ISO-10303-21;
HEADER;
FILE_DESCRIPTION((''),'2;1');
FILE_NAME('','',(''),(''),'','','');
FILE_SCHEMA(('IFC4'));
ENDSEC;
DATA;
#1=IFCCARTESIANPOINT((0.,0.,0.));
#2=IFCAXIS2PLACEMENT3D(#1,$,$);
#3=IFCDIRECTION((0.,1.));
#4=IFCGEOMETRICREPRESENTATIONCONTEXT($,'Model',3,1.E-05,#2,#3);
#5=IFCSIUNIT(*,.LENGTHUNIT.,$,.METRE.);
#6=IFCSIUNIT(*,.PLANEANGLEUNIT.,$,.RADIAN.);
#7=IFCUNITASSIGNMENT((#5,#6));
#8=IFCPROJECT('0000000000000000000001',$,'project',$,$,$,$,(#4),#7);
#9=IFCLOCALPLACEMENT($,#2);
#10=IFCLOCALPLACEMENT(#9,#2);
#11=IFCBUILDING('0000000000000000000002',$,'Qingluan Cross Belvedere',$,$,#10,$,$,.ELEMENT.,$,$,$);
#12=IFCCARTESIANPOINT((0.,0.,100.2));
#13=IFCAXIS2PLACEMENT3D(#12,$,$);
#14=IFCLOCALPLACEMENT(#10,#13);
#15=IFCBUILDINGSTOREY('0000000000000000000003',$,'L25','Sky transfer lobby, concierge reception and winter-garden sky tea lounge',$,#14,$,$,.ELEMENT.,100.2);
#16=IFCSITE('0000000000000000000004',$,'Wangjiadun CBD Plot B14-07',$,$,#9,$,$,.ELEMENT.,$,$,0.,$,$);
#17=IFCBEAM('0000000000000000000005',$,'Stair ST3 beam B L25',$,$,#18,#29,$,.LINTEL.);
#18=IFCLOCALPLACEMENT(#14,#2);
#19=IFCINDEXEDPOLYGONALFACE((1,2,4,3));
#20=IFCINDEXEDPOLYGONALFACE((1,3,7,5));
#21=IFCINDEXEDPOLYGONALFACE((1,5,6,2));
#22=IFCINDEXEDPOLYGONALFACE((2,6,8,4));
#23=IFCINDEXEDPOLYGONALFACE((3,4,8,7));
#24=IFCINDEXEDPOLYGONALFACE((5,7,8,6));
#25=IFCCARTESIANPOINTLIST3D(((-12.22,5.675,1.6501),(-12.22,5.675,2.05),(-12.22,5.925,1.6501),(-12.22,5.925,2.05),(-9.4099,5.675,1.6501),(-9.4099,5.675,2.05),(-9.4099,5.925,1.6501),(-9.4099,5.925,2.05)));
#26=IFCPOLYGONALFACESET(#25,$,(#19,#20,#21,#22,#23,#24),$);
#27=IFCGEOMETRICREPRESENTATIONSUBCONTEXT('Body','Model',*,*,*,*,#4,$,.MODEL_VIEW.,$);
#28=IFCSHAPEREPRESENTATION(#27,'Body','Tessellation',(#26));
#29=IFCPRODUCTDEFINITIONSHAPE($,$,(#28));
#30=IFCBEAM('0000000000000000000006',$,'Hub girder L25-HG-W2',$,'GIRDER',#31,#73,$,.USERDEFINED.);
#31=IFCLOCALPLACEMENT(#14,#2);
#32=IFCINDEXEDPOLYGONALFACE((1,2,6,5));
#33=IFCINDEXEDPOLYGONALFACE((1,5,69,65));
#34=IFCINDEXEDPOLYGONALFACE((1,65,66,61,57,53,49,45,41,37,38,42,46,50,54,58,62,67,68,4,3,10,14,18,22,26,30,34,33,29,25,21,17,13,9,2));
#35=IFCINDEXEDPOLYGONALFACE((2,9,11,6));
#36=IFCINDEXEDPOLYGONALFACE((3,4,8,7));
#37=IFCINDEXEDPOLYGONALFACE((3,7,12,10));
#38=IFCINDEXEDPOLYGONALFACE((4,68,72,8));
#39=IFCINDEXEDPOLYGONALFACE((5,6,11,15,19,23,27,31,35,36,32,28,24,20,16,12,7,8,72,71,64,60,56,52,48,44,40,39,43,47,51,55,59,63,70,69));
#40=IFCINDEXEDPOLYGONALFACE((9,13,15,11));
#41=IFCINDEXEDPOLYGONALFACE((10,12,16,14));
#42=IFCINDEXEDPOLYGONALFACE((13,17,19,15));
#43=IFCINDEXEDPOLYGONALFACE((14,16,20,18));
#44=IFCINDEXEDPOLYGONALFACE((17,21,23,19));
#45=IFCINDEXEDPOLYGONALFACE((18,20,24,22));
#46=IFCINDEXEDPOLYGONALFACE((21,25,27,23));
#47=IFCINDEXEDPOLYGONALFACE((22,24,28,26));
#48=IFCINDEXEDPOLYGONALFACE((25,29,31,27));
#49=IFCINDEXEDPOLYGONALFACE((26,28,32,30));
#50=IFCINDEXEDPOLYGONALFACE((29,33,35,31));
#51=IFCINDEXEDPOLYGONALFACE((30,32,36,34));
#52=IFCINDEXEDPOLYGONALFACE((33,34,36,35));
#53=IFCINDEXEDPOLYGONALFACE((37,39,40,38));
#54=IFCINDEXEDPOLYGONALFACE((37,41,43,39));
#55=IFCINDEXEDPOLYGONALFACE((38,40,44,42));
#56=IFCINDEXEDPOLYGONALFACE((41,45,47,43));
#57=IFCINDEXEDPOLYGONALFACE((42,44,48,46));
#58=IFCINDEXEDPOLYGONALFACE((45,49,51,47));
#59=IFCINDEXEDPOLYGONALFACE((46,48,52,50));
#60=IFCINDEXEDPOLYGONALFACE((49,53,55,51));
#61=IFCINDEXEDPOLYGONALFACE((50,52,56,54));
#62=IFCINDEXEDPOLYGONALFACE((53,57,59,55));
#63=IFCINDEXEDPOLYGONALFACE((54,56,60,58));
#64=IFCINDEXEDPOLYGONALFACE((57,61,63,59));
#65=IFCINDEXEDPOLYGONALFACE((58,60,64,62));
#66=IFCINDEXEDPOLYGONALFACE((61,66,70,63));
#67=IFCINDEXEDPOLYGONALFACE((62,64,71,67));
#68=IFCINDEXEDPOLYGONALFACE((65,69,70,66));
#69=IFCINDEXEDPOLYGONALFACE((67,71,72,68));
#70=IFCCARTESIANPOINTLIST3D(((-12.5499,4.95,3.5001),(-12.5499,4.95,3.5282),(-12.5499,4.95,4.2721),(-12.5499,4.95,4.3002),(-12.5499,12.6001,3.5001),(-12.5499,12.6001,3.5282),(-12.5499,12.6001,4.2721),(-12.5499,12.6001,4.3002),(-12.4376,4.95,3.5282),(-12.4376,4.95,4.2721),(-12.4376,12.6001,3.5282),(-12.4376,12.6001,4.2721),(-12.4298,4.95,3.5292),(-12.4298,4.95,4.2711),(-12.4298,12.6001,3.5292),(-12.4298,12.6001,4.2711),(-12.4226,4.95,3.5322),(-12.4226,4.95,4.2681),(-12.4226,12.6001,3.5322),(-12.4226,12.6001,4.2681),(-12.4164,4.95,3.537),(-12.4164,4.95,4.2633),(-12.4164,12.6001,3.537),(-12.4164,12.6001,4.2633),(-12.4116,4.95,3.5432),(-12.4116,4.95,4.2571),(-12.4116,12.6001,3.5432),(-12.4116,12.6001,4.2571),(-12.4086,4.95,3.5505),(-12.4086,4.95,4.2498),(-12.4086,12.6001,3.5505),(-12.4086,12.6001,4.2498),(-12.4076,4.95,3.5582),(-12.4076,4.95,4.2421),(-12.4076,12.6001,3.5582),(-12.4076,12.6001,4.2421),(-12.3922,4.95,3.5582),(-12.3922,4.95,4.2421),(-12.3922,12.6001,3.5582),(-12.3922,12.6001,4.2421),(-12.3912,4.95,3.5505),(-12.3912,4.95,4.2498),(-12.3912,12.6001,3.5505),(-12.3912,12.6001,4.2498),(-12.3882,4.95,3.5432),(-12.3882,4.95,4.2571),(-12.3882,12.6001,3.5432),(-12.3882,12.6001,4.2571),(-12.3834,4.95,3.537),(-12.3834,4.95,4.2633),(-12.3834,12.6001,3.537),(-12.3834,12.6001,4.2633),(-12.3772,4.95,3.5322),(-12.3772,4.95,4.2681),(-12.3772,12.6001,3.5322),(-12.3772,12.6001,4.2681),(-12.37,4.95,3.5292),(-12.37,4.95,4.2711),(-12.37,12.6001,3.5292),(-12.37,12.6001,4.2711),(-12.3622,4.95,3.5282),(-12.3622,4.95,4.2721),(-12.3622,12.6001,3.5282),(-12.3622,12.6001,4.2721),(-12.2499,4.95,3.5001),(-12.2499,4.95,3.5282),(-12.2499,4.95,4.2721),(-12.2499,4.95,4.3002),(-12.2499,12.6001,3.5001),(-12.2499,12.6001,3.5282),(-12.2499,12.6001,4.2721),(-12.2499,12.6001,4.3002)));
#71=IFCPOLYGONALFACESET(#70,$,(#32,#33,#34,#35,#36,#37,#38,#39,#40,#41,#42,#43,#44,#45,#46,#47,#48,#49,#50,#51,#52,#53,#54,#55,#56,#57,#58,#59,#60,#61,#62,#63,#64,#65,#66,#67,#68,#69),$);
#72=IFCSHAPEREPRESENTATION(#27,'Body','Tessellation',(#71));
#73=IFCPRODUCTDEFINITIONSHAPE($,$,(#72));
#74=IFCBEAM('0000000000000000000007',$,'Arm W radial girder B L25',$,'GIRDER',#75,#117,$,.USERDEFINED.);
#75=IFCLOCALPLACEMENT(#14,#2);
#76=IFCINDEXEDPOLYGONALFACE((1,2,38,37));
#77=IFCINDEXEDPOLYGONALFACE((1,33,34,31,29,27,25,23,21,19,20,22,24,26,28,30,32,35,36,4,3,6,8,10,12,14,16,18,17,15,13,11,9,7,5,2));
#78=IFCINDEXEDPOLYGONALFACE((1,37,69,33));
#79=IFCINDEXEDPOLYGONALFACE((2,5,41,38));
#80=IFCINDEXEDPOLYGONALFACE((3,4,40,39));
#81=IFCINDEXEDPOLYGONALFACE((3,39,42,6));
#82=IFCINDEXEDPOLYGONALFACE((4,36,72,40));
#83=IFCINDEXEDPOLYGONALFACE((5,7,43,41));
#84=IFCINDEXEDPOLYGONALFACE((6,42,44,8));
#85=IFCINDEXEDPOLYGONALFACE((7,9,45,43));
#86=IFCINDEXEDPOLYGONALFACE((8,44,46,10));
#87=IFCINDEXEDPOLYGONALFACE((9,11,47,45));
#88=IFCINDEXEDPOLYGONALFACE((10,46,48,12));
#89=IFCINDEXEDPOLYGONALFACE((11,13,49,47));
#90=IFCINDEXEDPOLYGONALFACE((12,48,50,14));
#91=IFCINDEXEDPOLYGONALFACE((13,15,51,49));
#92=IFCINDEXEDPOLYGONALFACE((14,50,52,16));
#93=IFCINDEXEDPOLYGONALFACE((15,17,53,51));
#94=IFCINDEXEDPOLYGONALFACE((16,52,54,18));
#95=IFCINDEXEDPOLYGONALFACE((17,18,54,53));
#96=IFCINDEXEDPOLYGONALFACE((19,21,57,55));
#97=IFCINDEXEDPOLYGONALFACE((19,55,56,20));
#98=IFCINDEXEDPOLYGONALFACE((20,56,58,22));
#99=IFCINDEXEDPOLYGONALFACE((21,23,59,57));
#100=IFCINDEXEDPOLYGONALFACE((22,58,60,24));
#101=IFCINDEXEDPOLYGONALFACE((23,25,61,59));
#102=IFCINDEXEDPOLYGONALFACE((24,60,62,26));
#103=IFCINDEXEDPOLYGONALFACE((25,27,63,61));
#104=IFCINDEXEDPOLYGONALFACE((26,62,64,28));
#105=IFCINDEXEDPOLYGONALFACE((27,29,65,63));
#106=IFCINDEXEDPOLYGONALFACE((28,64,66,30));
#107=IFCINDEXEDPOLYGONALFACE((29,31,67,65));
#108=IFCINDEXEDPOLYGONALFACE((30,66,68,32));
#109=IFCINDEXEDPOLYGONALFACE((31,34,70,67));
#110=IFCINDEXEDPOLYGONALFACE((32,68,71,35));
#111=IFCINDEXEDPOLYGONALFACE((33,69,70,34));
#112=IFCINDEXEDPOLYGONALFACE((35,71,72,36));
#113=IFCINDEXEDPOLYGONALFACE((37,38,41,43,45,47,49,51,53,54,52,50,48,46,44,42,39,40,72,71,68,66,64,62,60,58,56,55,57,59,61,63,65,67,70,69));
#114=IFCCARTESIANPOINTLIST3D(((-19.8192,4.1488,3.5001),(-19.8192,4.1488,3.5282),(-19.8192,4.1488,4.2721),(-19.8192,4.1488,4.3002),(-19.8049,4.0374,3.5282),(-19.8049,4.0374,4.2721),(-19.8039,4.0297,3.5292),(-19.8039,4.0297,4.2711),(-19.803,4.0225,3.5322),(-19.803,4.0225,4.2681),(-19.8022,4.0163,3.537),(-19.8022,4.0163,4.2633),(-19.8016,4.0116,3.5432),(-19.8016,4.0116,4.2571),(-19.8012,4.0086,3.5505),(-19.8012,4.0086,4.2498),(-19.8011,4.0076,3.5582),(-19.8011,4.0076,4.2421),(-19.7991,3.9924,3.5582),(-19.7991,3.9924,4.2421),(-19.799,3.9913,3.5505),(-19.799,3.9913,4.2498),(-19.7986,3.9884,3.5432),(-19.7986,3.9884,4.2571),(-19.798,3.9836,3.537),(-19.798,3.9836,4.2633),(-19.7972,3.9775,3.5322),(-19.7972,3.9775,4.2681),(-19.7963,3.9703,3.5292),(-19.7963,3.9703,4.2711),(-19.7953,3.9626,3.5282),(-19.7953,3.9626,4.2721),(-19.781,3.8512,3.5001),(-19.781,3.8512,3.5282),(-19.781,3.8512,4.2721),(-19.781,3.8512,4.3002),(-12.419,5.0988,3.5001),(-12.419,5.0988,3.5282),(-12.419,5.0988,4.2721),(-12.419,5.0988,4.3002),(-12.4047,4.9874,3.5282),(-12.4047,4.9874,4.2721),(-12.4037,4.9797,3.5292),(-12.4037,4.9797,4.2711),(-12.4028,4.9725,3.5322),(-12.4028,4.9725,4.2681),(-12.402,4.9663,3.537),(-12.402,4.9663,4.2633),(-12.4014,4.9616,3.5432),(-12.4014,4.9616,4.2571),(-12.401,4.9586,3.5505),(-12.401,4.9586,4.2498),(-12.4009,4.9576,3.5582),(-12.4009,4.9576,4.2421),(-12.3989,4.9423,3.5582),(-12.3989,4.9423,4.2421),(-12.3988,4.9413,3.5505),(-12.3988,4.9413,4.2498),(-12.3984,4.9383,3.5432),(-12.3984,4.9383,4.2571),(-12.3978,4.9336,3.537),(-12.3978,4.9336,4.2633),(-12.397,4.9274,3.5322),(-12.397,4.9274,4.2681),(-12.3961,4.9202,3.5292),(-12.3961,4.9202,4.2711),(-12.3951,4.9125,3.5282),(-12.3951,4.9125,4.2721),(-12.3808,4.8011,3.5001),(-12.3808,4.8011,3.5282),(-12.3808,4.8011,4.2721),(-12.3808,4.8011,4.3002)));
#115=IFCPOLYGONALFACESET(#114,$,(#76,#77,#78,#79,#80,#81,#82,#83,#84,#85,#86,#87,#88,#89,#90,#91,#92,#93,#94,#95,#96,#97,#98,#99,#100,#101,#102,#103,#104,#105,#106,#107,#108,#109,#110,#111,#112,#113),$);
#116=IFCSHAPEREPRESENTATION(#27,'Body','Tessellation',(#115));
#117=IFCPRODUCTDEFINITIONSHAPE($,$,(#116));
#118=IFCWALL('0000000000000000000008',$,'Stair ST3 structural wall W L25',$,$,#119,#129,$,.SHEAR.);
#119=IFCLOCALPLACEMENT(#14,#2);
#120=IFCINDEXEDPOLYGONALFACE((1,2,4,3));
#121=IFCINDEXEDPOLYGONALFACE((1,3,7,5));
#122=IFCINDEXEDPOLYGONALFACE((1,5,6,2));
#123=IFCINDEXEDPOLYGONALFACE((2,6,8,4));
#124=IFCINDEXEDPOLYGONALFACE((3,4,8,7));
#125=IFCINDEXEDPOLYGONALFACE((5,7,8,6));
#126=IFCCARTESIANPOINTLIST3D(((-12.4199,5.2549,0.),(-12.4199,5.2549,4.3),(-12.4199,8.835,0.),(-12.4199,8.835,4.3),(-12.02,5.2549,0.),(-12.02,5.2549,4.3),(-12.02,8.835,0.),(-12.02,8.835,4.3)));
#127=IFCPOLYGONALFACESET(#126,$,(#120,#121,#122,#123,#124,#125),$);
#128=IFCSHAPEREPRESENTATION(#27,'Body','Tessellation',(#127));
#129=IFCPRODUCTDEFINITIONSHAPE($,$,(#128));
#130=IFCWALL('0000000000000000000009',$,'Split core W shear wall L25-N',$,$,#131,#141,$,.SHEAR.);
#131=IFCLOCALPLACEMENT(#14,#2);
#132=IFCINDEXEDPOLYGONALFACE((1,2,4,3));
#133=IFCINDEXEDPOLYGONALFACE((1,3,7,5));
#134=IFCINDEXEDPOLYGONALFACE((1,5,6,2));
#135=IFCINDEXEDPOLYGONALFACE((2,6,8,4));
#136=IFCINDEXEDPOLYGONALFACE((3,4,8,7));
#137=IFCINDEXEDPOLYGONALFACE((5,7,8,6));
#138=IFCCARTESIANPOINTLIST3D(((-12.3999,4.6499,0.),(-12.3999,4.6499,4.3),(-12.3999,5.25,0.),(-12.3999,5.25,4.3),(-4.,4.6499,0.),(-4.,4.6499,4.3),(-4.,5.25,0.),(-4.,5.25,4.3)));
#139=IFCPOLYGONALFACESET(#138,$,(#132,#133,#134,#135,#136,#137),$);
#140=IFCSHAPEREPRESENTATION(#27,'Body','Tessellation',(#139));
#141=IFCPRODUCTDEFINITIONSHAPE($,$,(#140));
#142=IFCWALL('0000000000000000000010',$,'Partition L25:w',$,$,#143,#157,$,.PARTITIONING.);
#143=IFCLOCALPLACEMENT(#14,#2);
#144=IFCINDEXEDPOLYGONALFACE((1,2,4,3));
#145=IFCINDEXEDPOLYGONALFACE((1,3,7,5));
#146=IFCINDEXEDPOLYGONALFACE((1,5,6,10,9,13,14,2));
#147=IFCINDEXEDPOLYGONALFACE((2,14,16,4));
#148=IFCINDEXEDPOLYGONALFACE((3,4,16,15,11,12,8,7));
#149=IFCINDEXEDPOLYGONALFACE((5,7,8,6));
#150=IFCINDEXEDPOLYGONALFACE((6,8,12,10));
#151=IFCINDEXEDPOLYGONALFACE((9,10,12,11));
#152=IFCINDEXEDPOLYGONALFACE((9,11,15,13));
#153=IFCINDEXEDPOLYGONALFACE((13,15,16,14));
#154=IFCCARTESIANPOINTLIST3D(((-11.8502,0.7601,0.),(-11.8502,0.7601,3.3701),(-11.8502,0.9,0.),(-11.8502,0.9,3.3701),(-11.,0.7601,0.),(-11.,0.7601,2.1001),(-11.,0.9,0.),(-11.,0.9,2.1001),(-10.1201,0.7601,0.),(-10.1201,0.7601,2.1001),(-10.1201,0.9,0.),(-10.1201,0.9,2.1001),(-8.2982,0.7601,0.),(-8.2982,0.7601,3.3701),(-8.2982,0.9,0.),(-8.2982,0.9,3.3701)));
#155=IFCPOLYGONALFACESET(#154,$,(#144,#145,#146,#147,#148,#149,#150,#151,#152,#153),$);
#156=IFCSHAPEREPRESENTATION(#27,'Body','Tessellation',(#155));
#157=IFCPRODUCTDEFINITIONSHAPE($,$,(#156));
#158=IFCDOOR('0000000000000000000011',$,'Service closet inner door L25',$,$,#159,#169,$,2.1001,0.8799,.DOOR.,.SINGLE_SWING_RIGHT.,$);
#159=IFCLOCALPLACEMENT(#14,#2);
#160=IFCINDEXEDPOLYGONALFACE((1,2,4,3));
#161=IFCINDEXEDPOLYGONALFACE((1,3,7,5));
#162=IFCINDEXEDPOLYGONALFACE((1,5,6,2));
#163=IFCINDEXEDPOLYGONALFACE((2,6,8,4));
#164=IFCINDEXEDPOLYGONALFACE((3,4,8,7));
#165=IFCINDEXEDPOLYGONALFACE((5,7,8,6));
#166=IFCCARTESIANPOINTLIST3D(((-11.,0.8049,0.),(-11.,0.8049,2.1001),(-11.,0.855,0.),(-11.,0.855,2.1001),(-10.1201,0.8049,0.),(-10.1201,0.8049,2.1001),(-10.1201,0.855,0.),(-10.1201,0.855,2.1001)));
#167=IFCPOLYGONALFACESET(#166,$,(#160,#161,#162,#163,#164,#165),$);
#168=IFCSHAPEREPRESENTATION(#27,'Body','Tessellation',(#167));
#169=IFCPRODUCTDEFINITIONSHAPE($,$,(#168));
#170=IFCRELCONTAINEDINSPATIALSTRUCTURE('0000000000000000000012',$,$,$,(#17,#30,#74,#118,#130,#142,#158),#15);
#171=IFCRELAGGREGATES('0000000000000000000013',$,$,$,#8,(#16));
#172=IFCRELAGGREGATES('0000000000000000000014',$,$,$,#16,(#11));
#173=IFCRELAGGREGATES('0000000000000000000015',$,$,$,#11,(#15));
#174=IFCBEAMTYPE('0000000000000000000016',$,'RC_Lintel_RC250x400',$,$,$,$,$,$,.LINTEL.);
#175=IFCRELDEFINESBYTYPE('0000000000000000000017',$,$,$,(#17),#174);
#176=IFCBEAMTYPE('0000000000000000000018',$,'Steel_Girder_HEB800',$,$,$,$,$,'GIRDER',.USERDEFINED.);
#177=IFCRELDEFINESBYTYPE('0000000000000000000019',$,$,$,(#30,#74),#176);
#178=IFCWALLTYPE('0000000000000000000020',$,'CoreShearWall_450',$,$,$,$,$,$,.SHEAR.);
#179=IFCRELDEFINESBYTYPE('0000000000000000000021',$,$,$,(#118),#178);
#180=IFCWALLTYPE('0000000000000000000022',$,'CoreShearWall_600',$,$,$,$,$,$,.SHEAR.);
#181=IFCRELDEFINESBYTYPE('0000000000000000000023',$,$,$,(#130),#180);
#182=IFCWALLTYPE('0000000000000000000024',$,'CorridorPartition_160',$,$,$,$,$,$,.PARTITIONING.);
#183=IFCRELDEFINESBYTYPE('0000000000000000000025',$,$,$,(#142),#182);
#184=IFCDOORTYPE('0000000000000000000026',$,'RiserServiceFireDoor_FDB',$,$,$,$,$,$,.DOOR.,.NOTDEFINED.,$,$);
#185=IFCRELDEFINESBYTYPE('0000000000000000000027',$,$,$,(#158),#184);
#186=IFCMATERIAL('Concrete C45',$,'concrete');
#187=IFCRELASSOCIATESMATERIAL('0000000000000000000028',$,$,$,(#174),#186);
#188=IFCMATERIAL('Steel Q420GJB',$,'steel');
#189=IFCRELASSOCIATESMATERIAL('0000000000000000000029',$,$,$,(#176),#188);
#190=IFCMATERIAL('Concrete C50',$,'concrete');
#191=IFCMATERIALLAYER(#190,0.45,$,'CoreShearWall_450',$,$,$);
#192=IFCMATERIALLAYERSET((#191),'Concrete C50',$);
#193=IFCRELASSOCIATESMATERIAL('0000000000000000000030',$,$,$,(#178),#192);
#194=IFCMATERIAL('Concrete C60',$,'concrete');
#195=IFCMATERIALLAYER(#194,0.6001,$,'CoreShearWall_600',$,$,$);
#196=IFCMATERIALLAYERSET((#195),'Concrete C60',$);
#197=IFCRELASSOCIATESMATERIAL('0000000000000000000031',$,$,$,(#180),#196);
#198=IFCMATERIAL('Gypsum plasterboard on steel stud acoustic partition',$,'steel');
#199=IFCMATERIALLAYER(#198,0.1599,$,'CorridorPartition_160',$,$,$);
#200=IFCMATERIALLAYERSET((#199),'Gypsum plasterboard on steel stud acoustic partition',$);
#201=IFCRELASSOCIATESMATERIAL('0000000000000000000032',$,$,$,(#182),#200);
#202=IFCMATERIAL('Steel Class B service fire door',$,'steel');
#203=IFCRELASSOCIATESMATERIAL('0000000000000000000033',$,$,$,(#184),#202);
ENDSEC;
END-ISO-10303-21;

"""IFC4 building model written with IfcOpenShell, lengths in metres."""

from ifc_helpers import new_model, si_unit, direction, frame, frame_2d, origin, origin_2d, place, context, subcontext, project, spatial, rectangle, i_section, extrude, material, layer, layer_set, material_profile, profile_set, type_object, element, fill, save


model = new_model("IFC4")

# Units and contexts
model_context = context("Model", 3, precision=1e-05, world=origin(), true_north=direction((0.0, 1.0)))
body_context = subcontext(model_context, "Body", "Model", "MODEL_VIEW")
ifc_project = project(units=[si_unit("LENGTHUNIT", "METRE"), si_unit("PLANEANGLEUNIT", "RADIAN")], contexts=[model_context])

# Site, building, storey
site_placement = place(None, origin())
site = spatial("IfcSite", under=ifc_project, at=site_placement, Name="Wangjiadun CBD Plot B14-07", CompositionType="ELEMENT", RefElevation=0.0)
building_placement = place(site_placement, origin())
building = spatial("IfcBuilding", under=site, at=building_placement, Name="Qingluan Cross Belvedere", CompositionType="ELEMENT")
storey_placement = place(building_placement, frame((0.0, 0.0, 100.2)))
storey = spatial("IfcBuildingStorey", under=building, at=storey_placement, Name="L25", Description="Sky transfer lobby, concierge reception and winter-garden sky tea lounge", CompositionType="ELEMENT", Elevation=100.2)

# Beams
ifc_material_1 = material(Name="Concrete C45", Category="concrete")
ifc_material_profile_1 = material_profile(ifc_material_1, rectangle(XDim=0.25, YDim=0.3999, at=origin_2d()), Name="RC250x400")
ifc_profile_set_1 = profile_set([ifc_material_profile_1], Name="Concrete C45")
beam_type_1 = type_object("IfcBeamType", Name="RC_Lintel_RC250x400", PredefinedType="LINTEL", material=ifc_profile_set_1)
beam_1_placement = place(storey_placement, frame((-12.22, 5.8, 1.8501), z_axis=(1.0, 0.0, 0.0), x_axis=(0.0, 1.0, 0.0)))
element("IfcBeam", 1, at=beam_1_placement, inside=storey, type_object=beam_type_1, Name="Stair ST3 beam B L25", PredefinedType="LINTEL", context=body_context, shape_type="SweptSolid", body=[
    extrude(rectangle(XDim=0.25, YDim=0.3999, at=origin_2d()), origin(), (0.0, 0.0, 1.0), 2.8101),
])
ifc_material_2 = material(Name="Steel Q420GJB", Category="steel")
ifc_material_profile_2 = material_profile(ifc_material_2, i_section(OverallWidth=0.3, OverallDepth=0.8, WebThickness=0.0154, FlangeThickness=0.0281, FilletRadius=0.03, at=origin_2d()), Name="HEB800")
ifc_profile_set_2 = profile_set([ifc_material_profile_2], Name="Steel Q420GJB")
beam_type_2 = type_object("IfcBeamType", Name="Steel_Girder_HEB800", ElementType="GIRDER", PredefinedType="USERDEFINED", material=ifc_profile_set_2)
beam_2_placement = place(storey_placement, frame((-12.3999, 4.95, 3.9001), z_axis=(0.0, 1.0, 0.0), x_axis=(-1.0, 0.0, 0.0)))
element("IfcBeam", 2, at=beam_2_placement, inside=storey, type_object=beam_type_2, Name="Hub girder L25-HG-W2", ObjectType="GIRDER", PredefinedType="USERDEFINED", context=body_context, shape_type="SweptSolid", body=[
    extrude(i_section(OverallWidth=0.3, OverallDepth=0.8, WebThickness=0.0154, FlangeThickness=0.0281, FilletRadius=0.03, at=origin_2d()), origin(), (0.0, 0.0, 1.0), 7.6501),
])
beam_3_placement = place(storey_placement, frame((-12.3999, 4.95, 3.9001), z_axis=(-0.991861, -0.127324, 0.0), x_axis=(0.127324, -0.991861, 0.0)))
element("IfcBeam", 3, at=beam_3_placement, inside=storey, type_object=beam_type_2, Name="Arm W radial girder B L25", ObjectType="GIRDER", PredefinedType="USERDEFINED", context=body_context, shape_type="SweptSolid", body=[
    extrude(i_section(OverallWidth=0.3, OverallDepth=0.8, WebThickness=0.0154, FlangeThickness=0.0281, FilletRadius=0.03, at=origin_2d()), origin(), (0.0, 0.0, 1.0), 7.4609),
])

# Walls
ifc_material_3 = material(Name="Concrete C50", Category="concrete")
ifc_layer_1 = layer(ifc_material_3, 0.45, Name="CoreShearWall_450")
ifc_layer_set_1 = layer_set([ifc_layer_1], Name="Concrete C50")
wall_type_1 = type_object("IfcWallType", Name="CoreShearWall_450", PredefinedType="SHEAR", material=ifc_layer_set_1)
wall_1_placement = place(storey_placement, frame((-12.22, 5.2549, 0.0), z_axis=(0.0, 0.0, 1.0), x_axis=(0.0, 1.0, 0.0)))
element("IfcWall", 4, at=wall_1_placement, inside=storey, type_object=wall_type_1, Name="Stair ST3 structural wall W L25", PredefinedType="SHEAR", context=body_context, shape_type="SweptSolid", body=[
    extrude(rectangle(XDim=3.5801, YDim=0.3999, at=frame_2d((1.79, 0.0))), origin(), (0.0, 0.0, 1.0), 4.3),
])
ifc_material_4 = material(Name="Concrete C60", Category="concrete")
ifc_layer_2 = layer(ifc_material_4, 0.6001, Name="CoreShearWall_600")
ifc_layer_set_2 = layer_set([ifc_layer_2], Name="Concrete C60")
wall_type_2 = type_object("IfcWallType", Name="CoreShearWall_600", PredefinedType="SHEAR", material=ifc_layer_set_2)
wall_2_placement = place(storey_placement, frame((-12.3999, 4.95, 0.0), z_axis=(0.0, 0.0, 1.0), x_axis=(1.0, 0.0, 0.0)))
element("IfcWall", 5, at=wall_2_placement, inside=storey, type_object=wall_type_2, Name="Split core W shear wall L25-N", PredefinedType="SHEAR", context=body_context, shape_type="SweptSolid", body=[
    extrude(rectangle(XDim=8.3999, YDim=0.6001, at=frame_2d((4.2, 0.0))), origin(), (0.0, 0.0, 1.0), 4.3),
])

# Wall, opening, door
ifc_material_5 = material(Name="Gypsum plasterboard on steel stud acoustic partition", Category="steel")
ifc_layer_3 = layer(ifc_material_5, 0.1599, Name="CorridorPartition_160")
ifc_layer_set_3 = layer_set([ifc_layer_3], Name="Gypsum plasterboard on steel stud acoustic partition")
wall_type_3 = type_object("IfcWallType", Name="CorridorPartition_160", PredefinedType="PARTITIONING", material=ifc_layer_set_3)
wall_3_placement = place(storey_placement, frame((-11.8501, 0.8301, 0.0), z_axis=(0.0, 0.0, 1.0), x_axis=(1.0, 0.0, 0.0)))
wall_3 = element("IfcWall", 6, at=wall_3_placement, inside=storey, type_object=wall_type_3, Name="Partition L25:w", PredefinedType="PARTITIONING", context=body_context, shape_type="SweptSolid", body=[
    extrude(rectangle(XDim=3.552, YDim=0.1399, at=frame_2d((1.7759, 0.0))), origin(), (0.0, 0.0, 1.0), 3.3701),
])
opening_1_placement = place(wall_3_placement, frame((0.8501, 0.0, 0.0)))
opening_1 = element("IfcOpeningElement", 7, at=opening_1_placement, cuts=wall_3, PredefinedType="OPENING", context=body_context, shape_type="SweptSolid", body=[
    extrude(rectangle(XDim=0.8799, YDim=2.1001, at=frame_2d((0.4399, 1.05))), frame((0.0, 0.0798, 0.0), z_axis=(0.0, -1.0, 0.0), x_axis=(1.0, 0.0, 0.0)), (0.0, 0.0, 1.0), 0.1599),
])
ifc_material_6 = material(Name="Steel Class B service fire door", Category="steel")
door_type_1 = type_object("IfcDoorType", Name="RiserServiceFireDoor_FDB", OperationType="NOTDEFINED", PredefinedType="DOOR", material=ifc_material_6)
door_1_placement = place(opening_1_placement, origin())
door_1 = element("IfcDoor", 8, at=door_1_placement, inside=storey, type_object=door_type_1, Name="Service closet inner door L25", OperationType="SINGLE_SWING_RIGHT", OverallHeight=2.1001, OverallWidth=0.8799, PredefinedType="DOOR", context=body_context, shape_type="SweptSolid", body=[
    extrude(rectangle(XDim=0.8799, YDim=2.1001, at=frame_2d((0.4399, 1.05))), frame((0.0, 0.0249, 0.0), z_axis=(0.0, -1.0, 0.0), x_axis=(1.0, 0.0, 0.0)), (0.0, 0.0, 1.0), 0.05),
])
fill(opening_1, door_1)

save(model, "model.ifc")
